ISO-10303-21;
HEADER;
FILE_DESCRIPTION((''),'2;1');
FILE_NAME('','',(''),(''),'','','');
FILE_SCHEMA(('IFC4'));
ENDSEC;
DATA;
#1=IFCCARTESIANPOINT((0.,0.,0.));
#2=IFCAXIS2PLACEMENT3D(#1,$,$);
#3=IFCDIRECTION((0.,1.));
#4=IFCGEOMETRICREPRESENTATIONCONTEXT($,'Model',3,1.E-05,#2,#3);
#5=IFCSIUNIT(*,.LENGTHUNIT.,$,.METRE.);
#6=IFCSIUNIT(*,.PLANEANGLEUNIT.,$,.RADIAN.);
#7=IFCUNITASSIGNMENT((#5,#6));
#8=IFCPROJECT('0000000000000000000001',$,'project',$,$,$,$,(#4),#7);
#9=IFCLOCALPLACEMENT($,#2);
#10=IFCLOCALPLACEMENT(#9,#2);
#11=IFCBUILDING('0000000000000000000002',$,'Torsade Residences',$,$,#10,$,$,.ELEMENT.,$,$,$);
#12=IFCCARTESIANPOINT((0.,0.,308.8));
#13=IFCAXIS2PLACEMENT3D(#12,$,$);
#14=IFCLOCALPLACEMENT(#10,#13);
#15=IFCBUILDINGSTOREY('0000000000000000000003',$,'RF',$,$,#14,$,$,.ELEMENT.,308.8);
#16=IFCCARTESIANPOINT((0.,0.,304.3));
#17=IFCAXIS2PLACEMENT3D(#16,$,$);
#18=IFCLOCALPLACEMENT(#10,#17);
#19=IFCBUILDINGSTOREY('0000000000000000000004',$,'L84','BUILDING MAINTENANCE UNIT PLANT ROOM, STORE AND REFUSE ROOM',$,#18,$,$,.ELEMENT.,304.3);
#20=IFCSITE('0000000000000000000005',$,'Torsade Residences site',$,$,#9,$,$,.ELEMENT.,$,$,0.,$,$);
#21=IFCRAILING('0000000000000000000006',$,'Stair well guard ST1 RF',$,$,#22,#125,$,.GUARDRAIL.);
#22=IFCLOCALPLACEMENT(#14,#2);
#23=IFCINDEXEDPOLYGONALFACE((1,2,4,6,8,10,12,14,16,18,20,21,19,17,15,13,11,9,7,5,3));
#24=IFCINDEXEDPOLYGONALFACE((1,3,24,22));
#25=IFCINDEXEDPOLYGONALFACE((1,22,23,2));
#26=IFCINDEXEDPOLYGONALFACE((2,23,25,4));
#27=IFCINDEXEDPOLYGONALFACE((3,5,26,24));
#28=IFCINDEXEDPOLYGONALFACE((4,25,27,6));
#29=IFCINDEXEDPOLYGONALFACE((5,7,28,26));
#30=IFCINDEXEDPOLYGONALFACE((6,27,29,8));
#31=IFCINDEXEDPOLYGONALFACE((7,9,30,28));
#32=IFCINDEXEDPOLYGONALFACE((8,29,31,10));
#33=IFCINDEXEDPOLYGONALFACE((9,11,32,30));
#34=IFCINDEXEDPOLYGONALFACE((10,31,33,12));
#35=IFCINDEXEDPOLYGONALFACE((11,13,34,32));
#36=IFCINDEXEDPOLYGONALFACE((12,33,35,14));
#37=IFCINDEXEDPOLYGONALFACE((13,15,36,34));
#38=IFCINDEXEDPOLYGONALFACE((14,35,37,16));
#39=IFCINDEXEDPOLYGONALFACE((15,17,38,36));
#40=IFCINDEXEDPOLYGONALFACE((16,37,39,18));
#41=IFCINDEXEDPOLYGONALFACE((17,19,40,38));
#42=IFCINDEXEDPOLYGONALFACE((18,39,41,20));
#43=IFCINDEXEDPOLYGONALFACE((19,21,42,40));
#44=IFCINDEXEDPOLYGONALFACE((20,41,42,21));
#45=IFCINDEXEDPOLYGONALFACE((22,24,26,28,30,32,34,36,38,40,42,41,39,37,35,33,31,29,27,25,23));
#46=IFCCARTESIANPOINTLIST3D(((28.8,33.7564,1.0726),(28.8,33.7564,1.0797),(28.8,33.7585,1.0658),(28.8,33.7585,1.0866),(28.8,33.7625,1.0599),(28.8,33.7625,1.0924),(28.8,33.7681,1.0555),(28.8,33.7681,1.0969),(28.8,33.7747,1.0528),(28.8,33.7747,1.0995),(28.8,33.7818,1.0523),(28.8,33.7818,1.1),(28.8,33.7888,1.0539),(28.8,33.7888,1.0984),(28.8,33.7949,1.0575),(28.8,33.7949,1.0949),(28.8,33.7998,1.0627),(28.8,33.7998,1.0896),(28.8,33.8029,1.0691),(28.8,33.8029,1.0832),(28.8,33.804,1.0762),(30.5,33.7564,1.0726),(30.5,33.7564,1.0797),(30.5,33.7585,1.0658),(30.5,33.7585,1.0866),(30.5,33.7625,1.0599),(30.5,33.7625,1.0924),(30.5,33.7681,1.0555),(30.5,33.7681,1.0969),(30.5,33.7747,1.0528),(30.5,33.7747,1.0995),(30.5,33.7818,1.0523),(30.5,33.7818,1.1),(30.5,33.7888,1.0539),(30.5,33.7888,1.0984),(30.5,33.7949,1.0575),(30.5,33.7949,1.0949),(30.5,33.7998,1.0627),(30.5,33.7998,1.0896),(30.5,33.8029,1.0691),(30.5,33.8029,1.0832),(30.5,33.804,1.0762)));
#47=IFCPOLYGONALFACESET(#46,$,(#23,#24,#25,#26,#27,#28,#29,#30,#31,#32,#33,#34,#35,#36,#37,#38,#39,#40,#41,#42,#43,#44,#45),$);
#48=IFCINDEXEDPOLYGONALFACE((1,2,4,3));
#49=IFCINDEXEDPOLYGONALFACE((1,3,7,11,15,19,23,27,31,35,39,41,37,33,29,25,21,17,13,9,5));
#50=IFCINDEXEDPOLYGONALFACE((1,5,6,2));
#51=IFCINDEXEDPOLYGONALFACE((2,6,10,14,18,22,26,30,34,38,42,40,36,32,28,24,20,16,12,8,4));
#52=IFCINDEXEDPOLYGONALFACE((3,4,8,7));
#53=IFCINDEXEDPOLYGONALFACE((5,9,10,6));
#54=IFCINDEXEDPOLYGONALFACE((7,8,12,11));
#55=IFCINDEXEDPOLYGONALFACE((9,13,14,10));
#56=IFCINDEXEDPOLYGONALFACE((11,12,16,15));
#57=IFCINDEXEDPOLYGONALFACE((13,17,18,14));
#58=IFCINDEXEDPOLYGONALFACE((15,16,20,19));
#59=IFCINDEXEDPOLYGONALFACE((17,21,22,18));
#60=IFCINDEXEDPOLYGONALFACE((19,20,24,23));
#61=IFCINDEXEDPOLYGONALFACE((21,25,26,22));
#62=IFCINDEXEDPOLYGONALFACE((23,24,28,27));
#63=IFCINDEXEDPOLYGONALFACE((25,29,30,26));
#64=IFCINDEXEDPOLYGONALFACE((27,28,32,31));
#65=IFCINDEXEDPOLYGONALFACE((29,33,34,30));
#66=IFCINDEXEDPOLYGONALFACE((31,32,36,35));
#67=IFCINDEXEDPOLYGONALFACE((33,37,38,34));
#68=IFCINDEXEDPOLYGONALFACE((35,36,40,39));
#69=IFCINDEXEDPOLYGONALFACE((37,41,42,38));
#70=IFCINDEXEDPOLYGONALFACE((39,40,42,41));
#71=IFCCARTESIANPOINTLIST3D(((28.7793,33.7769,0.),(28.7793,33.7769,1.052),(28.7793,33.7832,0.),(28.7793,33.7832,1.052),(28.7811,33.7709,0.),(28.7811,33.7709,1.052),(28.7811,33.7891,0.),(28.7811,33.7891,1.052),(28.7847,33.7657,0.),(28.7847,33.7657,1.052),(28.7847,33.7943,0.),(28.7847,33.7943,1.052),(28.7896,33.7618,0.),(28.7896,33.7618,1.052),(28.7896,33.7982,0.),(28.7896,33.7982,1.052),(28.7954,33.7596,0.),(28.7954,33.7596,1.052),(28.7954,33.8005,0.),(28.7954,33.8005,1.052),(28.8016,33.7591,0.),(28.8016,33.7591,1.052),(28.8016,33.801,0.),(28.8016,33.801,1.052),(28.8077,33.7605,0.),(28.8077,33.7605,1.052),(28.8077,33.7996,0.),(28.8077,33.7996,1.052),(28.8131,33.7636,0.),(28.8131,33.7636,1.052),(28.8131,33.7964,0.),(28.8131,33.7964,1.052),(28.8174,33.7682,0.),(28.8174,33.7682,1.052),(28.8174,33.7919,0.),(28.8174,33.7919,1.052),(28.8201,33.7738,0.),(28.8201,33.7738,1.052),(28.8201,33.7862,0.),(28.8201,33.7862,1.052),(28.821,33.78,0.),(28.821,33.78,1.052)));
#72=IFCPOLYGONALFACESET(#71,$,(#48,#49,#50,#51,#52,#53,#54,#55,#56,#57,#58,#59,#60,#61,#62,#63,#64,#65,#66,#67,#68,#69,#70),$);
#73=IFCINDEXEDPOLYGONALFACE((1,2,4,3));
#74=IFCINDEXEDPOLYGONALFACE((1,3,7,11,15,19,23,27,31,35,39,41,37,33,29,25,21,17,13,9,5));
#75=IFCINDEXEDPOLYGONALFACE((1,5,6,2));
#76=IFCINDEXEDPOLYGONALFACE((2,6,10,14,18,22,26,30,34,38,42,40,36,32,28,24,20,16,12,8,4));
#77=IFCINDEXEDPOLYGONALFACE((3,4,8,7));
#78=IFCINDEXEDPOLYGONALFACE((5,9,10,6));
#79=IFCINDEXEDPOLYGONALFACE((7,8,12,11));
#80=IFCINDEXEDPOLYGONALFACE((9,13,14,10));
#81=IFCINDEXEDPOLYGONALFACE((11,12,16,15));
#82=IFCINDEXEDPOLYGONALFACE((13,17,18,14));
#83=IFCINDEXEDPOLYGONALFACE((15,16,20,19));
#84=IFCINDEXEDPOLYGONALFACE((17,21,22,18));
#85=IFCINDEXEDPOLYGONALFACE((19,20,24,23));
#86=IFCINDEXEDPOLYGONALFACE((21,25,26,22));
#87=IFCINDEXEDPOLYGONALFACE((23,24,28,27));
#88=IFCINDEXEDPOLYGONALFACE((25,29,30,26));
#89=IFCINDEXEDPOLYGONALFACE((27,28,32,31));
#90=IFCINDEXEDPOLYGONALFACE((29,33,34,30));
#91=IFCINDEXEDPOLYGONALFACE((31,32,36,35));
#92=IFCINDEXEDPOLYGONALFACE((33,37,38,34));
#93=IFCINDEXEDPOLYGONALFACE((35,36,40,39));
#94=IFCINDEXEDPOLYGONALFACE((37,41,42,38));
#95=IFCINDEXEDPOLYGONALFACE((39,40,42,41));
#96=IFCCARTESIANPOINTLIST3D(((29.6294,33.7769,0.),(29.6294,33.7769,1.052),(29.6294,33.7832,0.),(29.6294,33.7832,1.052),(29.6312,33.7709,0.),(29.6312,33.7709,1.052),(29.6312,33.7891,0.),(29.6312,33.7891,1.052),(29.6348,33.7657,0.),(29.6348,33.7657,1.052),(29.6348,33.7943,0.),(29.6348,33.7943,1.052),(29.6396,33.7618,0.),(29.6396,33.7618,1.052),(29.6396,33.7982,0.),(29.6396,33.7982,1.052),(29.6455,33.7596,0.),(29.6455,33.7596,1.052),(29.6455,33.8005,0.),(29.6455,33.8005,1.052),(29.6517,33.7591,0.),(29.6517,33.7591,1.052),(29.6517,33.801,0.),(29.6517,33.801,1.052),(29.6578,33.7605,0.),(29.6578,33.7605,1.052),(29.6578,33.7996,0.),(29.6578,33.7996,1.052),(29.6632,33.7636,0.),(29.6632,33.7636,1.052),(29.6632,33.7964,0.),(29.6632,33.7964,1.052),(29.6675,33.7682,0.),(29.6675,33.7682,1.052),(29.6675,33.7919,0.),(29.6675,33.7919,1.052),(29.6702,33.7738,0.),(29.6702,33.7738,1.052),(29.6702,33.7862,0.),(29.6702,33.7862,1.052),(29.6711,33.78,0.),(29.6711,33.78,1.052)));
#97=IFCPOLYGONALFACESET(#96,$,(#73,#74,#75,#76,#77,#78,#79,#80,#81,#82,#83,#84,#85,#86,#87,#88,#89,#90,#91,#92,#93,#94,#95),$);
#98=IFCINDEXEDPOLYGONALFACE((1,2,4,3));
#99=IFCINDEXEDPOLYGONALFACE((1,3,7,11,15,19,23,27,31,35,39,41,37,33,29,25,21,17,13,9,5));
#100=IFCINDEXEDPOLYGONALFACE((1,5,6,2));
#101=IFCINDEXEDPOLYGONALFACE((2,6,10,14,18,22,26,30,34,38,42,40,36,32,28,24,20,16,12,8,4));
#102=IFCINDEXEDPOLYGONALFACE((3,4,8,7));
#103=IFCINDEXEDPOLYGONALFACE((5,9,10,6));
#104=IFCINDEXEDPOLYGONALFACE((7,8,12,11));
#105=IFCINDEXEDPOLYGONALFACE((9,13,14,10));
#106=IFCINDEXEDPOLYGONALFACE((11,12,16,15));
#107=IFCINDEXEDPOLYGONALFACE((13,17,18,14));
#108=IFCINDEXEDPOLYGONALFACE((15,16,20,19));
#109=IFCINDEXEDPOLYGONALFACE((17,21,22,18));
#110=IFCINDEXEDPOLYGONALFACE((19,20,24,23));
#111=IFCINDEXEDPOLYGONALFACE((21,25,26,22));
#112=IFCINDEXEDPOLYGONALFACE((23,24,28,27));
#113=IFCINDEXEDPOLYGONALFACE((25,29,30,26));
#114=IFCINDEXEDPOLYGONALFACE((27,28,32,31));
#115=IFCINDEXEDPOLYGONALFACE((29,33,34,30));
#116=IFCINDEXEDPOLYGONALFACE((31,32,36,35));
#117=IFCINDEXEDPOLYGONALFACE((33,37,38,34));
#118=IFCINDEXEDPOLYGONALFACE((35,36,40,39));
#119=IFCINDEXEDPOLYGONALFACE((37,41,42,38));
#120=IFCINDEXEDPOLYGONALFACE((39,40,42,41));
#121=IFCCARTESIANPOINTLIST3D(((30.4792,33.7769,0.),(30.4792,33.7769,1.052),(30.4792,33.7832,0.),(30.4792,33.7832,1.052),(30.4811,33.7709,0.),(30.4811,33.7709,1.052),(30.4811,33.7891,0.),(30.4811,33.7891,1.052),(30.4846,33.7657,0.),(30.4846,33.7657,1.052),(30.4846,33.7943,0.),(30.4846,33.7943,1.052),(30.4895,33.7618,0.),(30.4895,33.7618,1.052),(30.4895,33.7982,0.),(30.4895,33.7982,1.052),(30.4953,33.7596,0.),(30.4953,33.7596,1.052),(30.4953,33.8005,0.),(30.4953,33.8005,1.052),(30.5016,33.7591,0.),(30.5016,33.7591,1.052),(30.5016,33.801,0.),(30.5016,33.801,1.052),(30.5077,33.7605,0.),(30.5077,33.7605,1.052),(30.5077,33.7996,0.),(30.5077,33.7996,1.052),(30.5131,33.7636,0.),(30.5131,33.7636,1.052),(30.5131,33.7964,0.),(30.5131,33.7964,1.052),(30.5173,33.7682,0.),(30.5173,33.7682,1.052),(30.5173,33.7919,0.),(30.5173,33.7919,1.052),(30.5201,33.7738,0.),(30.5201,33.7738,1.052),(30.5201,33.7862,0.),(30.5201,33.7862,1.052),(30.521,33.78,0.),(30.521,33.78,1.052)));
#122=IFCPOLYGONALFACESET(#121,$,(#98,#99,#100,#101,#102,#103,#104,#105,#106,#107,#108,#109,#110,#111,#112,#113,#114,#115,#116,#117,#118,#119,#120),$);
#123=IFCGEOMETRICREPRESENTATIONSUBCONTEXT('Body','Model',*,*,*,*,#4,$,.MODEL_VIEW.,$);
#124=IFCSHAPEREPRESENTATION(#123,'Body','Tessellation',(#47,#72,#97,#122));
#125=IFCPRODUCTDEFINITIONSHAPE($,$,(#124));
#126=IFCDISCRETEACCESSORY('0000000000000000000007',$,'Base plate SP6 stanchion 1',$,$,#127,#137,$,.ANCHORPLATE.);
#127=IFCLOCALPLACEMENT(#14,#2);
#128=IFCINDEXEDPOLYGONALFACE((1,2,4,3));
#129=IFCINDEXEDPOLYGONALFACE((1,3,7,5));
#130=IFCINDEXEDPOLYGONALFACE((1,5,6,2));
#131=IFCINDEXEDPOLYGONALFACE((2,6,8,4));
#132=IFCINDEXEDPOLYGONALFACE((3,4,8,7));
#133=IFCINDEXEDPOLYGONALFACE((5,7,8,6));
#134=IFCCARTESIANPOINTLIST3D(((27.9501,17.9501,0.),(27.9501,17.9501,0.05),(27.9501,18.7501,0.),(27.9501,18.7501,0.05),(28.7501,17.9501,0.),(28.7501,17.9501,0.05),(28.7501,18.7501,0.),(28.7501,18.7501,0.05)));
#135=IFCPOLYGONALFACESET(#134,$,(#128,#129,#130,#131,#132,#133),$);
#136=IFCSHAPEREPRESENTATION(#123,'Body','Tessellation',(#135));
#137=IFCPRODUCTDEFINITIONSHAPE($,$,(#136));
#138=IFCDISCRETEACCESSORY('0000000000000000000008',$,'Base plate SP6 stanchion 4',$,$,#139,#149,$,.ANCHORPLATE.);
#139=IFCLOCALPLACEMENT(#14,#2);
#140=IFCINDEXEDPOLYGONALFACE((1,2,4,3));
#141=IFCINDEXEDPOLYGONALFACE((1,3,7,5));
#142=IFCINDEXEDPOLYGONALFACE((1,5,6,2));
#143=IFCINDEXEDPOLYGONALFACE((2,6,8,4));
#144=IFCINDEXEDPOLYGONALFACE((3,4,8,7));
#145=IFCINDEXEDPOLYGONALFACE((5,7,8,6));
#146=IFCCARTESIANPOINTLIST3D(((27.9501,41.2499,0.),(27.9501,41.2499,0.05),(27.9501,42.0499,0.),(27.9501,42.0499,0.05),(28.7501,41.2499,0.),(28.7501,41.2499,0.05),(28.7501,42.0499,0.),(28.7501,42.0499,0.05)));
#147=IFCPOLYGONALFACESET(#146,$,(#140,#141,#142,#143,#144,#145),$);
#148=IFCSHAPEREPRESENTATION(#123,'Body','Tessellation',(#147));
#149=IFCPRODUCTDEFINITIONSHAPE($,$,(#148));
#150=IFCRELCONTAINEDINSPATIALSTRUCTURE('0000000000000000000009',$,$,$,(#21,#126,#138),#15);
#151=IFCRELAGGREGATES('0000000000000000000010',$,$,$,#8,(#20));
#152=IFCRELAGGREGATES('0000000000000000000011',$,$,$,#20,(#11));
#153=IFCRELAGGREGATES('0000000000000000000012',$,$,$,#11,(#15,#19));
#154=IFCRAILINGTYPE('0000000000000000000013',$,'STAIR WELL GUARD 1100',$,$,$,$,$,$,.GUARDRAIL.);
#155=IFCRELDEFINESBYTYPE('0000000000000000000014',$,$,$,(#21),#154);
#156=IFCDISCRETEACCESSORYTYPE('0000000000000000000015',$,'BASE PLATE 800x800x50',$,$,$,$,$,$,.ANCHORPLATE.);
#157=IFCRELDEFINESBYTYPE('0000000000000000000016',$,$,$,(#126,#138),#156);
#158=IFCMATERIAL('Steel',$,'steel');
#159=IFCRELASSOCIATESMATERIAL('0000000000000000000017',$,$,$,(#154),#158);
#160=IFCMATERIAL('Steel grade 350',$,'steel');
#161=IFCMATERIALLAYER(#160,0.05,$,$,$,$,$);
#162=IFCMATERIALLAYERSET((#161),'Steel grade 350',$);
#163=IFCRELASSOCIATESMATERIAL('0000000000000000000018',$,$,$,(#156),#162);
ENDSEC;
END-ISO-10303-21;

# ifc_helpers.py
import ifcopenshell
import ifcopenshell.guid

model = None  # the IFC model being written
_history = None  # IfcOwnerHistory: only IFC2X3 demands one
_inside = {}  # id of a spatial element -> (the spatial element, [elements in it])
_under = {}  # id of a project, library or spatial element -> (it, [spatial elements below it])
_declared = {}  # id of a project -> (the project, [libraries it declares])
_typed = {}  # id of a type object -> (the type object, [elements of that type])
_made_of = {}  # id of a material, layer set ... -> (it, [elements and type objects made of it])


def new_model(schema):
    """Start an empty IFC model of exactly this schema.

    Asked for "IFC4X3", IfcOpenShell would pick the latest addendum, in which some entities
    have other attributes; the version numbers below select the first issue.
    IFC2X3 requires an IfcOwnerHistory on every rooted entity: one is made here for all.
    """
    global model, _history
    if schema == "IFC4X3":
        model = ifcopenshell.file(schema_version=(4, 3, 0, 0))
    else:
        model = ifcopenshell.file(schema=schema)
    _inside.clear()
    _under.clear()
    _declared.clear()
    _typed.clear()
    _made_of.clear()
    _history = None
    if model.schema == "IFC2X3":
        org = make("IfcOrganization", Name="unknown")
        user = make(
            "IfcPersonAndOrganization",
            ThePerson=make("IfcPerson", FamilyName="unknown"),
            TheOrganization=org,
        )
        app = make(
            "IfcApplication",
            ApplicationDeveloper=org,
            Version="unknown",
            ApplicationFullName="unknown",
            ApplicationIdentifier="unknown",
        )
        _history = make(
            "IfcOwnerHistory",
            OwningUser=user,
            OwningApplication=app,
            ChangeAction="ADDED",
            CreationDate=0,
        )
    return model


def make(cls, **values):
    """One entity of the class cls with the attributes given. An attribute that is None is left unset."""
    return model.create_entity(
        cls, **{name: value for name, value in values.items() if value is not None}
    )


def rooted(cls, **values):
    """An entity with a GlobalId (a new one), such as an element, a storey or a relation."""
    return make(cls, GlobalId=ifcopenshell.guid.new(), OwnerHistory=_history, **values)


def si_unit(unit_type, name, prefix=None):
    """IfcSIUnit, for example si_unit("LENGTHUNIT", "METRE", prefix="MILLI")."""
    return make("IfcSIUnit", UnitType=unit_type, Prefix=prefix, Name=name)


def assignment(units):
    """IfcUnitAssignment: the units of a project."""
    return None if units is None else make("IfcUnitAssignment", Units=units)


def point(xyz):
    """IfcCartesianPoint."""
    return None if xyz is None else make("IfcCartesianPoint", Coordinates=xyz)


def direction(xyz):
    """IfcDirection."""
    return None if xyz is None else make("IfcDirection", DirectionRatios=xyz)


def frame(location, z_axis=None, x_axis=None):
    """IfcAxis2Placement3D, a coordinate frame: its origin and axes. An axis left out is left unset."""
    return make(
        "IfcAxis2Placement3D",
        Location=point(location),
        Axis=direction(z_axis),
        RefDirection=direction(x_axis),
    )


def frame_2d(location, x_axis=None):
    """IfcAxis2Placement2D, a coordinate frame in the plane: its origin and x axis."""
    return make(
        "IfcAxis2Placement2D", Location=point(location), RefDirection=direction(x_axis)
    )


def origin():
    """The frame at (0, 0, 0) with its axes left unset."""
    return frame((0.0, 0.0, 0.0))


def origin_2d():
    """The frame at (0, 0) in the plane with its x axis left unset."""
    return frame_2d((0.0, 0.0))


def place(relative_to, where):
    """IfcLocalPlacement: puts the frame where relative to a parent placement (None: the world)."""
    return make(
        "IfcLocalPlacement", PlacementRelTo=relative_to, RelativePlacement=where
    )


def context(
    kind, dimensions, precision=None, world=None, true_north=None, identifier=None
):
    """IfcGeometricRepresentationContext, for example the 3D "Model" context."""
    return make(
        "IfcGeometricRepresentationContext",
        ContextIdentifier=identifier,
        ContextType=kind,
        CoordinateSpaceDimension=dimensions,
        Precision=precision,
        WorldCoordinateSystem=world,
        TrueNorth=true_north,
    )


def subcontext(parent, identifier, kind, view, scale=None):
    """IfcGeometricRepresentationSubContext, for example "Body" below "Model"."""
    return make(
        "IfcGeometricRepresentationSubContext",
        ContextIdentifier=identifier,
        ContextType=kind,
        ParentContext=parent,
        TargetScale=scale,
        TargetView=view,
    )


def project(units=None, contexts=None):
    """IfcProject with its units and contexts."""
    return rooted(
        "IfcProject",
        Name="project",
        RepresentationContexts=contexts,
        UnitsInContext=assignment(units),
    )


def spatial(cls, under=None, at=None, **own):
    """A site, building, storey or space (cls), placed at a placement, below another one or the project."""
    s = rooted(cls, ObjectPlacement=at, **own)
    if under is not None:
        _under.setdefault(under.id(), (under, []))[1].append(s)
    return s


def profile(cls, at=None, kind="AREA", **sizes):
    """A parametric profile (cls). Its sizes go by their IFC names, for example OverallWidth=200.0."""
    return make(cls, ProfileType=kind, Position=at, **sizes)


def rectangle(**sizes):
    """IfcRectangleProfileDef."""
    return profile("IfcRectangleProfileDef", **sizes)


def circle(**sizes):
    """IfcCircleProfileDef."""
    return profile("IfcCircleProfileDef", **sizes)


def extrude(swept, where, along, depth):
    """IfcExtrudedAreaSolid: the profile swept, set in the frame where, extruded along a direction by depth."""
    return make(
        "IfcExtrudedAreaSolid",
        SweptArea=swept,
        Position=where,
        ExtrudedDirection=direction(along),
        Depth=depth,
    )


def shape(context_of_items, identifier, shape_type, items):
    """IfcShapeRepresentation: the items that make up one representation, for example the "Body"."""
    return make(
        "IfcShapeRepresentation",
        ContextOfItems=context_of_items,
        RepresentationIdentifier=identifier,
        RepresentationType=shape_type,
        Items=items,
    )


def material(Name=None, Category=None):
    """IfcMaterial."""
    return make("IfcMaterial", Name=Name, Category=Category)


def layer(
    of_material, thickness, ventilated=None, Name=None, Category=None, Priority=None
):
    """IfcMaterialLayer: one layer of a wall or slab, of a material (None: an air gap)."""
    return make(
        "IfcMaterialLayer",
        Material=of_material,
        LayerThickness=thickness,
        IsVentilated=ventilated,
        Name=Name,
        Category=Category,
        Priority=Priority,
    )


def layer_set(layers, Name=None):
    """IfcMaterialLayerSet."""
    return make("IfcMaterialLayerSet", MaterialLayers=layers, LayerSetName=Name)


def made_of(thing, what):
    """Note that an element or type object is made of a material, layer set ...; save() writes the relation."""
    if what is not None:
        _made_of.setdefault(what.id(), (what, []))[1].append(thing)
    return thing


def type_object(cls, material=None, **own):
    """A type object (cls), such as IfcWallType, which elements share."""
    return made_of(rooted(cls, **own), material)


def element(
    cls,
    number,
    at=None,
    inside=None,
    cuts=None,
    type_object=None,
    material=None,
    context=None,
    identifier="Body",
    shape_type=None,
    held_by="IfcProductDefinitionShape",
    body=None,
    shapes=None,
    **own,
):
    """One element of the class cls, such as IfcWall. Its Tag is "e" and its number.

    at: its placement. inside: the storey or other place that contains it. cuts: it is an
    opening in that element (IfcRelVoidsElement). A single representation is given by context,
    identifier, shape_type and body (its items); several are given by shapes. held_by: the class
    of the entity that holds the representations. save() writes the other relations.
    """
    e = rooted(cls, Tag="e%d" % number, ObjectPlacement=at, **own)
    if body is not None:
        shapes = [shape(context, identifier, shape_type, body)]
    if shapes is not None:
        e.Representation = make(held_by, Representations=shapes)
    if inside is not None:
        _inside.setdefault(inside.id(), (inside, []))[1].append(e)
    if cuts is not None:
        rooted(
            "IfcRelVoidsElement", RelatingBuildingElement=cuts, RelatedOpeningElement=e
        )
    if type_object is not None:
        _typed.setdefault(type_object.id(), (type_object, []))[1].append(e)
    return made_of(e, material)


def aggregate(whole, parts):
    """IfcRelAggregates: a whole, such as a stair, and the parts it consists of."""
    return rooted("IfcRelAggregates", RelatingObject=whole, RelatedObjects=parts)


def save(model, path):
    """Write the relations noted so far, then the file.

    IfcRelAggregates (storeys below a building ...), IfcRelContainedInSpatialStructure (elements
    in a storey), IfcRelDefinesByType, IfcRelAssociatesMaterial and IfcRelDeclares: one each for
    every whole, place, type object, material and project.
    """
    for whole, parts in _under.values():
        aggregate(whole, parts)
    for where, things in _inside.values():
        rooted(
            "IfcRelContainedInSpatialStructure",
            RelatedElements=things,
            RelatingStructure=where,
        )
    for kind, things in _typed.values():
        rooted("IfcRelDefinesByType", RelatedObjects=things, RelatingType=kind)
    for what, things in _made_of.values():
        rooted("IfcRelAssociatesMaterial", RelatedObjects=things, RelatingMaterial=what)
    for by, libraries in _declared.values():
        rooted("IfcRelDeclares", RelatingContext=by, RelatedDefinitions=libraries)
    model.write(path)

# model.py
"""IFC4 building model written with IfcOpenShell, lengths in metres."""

from ifc_helpers import new_model, si_unit, direction, frame, origin, origin_2d, place, context, subcontext, project, spatial, rectangle, circle, extrude, material, layer, layer_set, type_object, element, save


model = new_model("IFC4")

# Units and contexts
model_context = context("Model", 3, precision=1e-05, world=origin(), true_north=direction((0.0, 1.0)))
body_context = subcontext(model_context, "Body", "Model", "MODEL_VIEW")
ifc_project = project(units=[si_unit("LENGTHUNIT", "METRE"), si_unit("PLANEANGLEUNIT", "RADIAN")], contexts=[model_context])

# Site, building, storey
site_placement = place(None, origin())
site = spatial("IfcSite", under=ifc_project, at=site_placement, Name="Torsade Residences site", CompositionType="ELEMENT", RefElevation=0.0)
building_placement = place(site_placement, origin())
building = spatial("IfcBuilding", under=site, at=building_placement, Name="Torsade Residences", CompositionType="ELEMENT")
storey_1_placement = place(building_placement, frame((0.0, 0.0, 308.8)))
storey_1 = spatial("IfcBuildingStorey", under=building, at=storey_1_placement, Name="RF", CompositionType="ELEMENT", Elevation=308.8)

# Shared definitions
storey_2_placement = place(building_placement, frame((0.0, 0.0, 304.3)))
storey_2 = spatial("IfcBuildingStorey", under=building, at=storey_2_placement, Name="L84", Description="BUILDING MAINTENANCE UNIT PLANT ROOM, STORE AND REFUSE ROOM", CompositionType="ELEMENT", Elevation=304.3)

# Railing
ifc_material_1 = material(Name="Steel", Category="steel")
railing_type = type_object("IfcRailingType", Name="STAIR WELL GUARD 1100", PredefinedType="GUARDRAIL", material=ifc_material_1)
railing_placement = place(storey_1_placement, frame((28.8, 33.78, 0.0)))
element("IfcRailing", 1, at=railing_placement, inside=storey_1, type_object=railing_type, Name="Stair well guard ST1 RF", PredefinedType="GUARDRAIL", context=body_context, shape_type="SweptSolid", body=[
    extrude(circle(Radius=0.0239, at=origin_2d()), frame((0.0, 0.0, 1.0762), z_axis=(1.0, 0.0, 0.0), x_axis=(0.0, 1.0, 0.0)), (0.0, 0.0, 1.0), 1.7),
    extrude(circle(Radius=0.021, at=origin_2d()), origin(), (0.0, 0.0, 1.0), 1.052),
    extrude(circle(Radius=0.021, at=origin_2d()), frame((0.8501, 0.0, 0.0)), (0.0, 0.0, 1.0), 1.052),
    extrude(circle(Radius=0.021, at=origin_2d()), frame((1.7, 0.0, 0.0)), (0.0, 0.0, 1.0), 1.052),
])

# Discrete accessories
ifc_material_2 = material(Name="Steel grade 350", Category="steel")
ifc_layer_1 = layer(ifc_material_2, 0.05)
ifc_layer_set_1 = layer_set([ifc_layer_1], Name="Steel grade 350")
discrete_accessory_type = type_object("IfcDiscreteAccessoryType", Name="BASE PLATE 800x800x50", PredefinedType="ANCHORPLATE", material=ifc_layer_set_1)
for number, where, z_axis, x_axis, name in (
    (2, (28.3501, 18.3501, 0.0), (0.0, 0.0, 1.0), (1.0, 0.0, 0.0), "Base plate SP6 stanchion 1"),
    (3, (28.3501, 41.6499, 0.0), (0.0, 0.0, 1.0), (1.0, 0.0, 0.0), "Base plate SP6 stanchion 4"),
):
    element("IfcDiscreteAccessory", number, at=place(storey_1_placement, frame(where, z_axis=z_axis, x_axis=x_axis)), inside=storey_1, type_object=discrete_accessory_type, Name=name, PredefinedType="ANCHORPLATE", context=body_context, shape_type="SweptSolid", body=[
        extrude(rectangle(XDim=0.8, YDim=0.8, at=origin_2d()), origin(), (0.0, 0.0, 1.0), 0.05),
    ])

save(model, "model.ifc")
